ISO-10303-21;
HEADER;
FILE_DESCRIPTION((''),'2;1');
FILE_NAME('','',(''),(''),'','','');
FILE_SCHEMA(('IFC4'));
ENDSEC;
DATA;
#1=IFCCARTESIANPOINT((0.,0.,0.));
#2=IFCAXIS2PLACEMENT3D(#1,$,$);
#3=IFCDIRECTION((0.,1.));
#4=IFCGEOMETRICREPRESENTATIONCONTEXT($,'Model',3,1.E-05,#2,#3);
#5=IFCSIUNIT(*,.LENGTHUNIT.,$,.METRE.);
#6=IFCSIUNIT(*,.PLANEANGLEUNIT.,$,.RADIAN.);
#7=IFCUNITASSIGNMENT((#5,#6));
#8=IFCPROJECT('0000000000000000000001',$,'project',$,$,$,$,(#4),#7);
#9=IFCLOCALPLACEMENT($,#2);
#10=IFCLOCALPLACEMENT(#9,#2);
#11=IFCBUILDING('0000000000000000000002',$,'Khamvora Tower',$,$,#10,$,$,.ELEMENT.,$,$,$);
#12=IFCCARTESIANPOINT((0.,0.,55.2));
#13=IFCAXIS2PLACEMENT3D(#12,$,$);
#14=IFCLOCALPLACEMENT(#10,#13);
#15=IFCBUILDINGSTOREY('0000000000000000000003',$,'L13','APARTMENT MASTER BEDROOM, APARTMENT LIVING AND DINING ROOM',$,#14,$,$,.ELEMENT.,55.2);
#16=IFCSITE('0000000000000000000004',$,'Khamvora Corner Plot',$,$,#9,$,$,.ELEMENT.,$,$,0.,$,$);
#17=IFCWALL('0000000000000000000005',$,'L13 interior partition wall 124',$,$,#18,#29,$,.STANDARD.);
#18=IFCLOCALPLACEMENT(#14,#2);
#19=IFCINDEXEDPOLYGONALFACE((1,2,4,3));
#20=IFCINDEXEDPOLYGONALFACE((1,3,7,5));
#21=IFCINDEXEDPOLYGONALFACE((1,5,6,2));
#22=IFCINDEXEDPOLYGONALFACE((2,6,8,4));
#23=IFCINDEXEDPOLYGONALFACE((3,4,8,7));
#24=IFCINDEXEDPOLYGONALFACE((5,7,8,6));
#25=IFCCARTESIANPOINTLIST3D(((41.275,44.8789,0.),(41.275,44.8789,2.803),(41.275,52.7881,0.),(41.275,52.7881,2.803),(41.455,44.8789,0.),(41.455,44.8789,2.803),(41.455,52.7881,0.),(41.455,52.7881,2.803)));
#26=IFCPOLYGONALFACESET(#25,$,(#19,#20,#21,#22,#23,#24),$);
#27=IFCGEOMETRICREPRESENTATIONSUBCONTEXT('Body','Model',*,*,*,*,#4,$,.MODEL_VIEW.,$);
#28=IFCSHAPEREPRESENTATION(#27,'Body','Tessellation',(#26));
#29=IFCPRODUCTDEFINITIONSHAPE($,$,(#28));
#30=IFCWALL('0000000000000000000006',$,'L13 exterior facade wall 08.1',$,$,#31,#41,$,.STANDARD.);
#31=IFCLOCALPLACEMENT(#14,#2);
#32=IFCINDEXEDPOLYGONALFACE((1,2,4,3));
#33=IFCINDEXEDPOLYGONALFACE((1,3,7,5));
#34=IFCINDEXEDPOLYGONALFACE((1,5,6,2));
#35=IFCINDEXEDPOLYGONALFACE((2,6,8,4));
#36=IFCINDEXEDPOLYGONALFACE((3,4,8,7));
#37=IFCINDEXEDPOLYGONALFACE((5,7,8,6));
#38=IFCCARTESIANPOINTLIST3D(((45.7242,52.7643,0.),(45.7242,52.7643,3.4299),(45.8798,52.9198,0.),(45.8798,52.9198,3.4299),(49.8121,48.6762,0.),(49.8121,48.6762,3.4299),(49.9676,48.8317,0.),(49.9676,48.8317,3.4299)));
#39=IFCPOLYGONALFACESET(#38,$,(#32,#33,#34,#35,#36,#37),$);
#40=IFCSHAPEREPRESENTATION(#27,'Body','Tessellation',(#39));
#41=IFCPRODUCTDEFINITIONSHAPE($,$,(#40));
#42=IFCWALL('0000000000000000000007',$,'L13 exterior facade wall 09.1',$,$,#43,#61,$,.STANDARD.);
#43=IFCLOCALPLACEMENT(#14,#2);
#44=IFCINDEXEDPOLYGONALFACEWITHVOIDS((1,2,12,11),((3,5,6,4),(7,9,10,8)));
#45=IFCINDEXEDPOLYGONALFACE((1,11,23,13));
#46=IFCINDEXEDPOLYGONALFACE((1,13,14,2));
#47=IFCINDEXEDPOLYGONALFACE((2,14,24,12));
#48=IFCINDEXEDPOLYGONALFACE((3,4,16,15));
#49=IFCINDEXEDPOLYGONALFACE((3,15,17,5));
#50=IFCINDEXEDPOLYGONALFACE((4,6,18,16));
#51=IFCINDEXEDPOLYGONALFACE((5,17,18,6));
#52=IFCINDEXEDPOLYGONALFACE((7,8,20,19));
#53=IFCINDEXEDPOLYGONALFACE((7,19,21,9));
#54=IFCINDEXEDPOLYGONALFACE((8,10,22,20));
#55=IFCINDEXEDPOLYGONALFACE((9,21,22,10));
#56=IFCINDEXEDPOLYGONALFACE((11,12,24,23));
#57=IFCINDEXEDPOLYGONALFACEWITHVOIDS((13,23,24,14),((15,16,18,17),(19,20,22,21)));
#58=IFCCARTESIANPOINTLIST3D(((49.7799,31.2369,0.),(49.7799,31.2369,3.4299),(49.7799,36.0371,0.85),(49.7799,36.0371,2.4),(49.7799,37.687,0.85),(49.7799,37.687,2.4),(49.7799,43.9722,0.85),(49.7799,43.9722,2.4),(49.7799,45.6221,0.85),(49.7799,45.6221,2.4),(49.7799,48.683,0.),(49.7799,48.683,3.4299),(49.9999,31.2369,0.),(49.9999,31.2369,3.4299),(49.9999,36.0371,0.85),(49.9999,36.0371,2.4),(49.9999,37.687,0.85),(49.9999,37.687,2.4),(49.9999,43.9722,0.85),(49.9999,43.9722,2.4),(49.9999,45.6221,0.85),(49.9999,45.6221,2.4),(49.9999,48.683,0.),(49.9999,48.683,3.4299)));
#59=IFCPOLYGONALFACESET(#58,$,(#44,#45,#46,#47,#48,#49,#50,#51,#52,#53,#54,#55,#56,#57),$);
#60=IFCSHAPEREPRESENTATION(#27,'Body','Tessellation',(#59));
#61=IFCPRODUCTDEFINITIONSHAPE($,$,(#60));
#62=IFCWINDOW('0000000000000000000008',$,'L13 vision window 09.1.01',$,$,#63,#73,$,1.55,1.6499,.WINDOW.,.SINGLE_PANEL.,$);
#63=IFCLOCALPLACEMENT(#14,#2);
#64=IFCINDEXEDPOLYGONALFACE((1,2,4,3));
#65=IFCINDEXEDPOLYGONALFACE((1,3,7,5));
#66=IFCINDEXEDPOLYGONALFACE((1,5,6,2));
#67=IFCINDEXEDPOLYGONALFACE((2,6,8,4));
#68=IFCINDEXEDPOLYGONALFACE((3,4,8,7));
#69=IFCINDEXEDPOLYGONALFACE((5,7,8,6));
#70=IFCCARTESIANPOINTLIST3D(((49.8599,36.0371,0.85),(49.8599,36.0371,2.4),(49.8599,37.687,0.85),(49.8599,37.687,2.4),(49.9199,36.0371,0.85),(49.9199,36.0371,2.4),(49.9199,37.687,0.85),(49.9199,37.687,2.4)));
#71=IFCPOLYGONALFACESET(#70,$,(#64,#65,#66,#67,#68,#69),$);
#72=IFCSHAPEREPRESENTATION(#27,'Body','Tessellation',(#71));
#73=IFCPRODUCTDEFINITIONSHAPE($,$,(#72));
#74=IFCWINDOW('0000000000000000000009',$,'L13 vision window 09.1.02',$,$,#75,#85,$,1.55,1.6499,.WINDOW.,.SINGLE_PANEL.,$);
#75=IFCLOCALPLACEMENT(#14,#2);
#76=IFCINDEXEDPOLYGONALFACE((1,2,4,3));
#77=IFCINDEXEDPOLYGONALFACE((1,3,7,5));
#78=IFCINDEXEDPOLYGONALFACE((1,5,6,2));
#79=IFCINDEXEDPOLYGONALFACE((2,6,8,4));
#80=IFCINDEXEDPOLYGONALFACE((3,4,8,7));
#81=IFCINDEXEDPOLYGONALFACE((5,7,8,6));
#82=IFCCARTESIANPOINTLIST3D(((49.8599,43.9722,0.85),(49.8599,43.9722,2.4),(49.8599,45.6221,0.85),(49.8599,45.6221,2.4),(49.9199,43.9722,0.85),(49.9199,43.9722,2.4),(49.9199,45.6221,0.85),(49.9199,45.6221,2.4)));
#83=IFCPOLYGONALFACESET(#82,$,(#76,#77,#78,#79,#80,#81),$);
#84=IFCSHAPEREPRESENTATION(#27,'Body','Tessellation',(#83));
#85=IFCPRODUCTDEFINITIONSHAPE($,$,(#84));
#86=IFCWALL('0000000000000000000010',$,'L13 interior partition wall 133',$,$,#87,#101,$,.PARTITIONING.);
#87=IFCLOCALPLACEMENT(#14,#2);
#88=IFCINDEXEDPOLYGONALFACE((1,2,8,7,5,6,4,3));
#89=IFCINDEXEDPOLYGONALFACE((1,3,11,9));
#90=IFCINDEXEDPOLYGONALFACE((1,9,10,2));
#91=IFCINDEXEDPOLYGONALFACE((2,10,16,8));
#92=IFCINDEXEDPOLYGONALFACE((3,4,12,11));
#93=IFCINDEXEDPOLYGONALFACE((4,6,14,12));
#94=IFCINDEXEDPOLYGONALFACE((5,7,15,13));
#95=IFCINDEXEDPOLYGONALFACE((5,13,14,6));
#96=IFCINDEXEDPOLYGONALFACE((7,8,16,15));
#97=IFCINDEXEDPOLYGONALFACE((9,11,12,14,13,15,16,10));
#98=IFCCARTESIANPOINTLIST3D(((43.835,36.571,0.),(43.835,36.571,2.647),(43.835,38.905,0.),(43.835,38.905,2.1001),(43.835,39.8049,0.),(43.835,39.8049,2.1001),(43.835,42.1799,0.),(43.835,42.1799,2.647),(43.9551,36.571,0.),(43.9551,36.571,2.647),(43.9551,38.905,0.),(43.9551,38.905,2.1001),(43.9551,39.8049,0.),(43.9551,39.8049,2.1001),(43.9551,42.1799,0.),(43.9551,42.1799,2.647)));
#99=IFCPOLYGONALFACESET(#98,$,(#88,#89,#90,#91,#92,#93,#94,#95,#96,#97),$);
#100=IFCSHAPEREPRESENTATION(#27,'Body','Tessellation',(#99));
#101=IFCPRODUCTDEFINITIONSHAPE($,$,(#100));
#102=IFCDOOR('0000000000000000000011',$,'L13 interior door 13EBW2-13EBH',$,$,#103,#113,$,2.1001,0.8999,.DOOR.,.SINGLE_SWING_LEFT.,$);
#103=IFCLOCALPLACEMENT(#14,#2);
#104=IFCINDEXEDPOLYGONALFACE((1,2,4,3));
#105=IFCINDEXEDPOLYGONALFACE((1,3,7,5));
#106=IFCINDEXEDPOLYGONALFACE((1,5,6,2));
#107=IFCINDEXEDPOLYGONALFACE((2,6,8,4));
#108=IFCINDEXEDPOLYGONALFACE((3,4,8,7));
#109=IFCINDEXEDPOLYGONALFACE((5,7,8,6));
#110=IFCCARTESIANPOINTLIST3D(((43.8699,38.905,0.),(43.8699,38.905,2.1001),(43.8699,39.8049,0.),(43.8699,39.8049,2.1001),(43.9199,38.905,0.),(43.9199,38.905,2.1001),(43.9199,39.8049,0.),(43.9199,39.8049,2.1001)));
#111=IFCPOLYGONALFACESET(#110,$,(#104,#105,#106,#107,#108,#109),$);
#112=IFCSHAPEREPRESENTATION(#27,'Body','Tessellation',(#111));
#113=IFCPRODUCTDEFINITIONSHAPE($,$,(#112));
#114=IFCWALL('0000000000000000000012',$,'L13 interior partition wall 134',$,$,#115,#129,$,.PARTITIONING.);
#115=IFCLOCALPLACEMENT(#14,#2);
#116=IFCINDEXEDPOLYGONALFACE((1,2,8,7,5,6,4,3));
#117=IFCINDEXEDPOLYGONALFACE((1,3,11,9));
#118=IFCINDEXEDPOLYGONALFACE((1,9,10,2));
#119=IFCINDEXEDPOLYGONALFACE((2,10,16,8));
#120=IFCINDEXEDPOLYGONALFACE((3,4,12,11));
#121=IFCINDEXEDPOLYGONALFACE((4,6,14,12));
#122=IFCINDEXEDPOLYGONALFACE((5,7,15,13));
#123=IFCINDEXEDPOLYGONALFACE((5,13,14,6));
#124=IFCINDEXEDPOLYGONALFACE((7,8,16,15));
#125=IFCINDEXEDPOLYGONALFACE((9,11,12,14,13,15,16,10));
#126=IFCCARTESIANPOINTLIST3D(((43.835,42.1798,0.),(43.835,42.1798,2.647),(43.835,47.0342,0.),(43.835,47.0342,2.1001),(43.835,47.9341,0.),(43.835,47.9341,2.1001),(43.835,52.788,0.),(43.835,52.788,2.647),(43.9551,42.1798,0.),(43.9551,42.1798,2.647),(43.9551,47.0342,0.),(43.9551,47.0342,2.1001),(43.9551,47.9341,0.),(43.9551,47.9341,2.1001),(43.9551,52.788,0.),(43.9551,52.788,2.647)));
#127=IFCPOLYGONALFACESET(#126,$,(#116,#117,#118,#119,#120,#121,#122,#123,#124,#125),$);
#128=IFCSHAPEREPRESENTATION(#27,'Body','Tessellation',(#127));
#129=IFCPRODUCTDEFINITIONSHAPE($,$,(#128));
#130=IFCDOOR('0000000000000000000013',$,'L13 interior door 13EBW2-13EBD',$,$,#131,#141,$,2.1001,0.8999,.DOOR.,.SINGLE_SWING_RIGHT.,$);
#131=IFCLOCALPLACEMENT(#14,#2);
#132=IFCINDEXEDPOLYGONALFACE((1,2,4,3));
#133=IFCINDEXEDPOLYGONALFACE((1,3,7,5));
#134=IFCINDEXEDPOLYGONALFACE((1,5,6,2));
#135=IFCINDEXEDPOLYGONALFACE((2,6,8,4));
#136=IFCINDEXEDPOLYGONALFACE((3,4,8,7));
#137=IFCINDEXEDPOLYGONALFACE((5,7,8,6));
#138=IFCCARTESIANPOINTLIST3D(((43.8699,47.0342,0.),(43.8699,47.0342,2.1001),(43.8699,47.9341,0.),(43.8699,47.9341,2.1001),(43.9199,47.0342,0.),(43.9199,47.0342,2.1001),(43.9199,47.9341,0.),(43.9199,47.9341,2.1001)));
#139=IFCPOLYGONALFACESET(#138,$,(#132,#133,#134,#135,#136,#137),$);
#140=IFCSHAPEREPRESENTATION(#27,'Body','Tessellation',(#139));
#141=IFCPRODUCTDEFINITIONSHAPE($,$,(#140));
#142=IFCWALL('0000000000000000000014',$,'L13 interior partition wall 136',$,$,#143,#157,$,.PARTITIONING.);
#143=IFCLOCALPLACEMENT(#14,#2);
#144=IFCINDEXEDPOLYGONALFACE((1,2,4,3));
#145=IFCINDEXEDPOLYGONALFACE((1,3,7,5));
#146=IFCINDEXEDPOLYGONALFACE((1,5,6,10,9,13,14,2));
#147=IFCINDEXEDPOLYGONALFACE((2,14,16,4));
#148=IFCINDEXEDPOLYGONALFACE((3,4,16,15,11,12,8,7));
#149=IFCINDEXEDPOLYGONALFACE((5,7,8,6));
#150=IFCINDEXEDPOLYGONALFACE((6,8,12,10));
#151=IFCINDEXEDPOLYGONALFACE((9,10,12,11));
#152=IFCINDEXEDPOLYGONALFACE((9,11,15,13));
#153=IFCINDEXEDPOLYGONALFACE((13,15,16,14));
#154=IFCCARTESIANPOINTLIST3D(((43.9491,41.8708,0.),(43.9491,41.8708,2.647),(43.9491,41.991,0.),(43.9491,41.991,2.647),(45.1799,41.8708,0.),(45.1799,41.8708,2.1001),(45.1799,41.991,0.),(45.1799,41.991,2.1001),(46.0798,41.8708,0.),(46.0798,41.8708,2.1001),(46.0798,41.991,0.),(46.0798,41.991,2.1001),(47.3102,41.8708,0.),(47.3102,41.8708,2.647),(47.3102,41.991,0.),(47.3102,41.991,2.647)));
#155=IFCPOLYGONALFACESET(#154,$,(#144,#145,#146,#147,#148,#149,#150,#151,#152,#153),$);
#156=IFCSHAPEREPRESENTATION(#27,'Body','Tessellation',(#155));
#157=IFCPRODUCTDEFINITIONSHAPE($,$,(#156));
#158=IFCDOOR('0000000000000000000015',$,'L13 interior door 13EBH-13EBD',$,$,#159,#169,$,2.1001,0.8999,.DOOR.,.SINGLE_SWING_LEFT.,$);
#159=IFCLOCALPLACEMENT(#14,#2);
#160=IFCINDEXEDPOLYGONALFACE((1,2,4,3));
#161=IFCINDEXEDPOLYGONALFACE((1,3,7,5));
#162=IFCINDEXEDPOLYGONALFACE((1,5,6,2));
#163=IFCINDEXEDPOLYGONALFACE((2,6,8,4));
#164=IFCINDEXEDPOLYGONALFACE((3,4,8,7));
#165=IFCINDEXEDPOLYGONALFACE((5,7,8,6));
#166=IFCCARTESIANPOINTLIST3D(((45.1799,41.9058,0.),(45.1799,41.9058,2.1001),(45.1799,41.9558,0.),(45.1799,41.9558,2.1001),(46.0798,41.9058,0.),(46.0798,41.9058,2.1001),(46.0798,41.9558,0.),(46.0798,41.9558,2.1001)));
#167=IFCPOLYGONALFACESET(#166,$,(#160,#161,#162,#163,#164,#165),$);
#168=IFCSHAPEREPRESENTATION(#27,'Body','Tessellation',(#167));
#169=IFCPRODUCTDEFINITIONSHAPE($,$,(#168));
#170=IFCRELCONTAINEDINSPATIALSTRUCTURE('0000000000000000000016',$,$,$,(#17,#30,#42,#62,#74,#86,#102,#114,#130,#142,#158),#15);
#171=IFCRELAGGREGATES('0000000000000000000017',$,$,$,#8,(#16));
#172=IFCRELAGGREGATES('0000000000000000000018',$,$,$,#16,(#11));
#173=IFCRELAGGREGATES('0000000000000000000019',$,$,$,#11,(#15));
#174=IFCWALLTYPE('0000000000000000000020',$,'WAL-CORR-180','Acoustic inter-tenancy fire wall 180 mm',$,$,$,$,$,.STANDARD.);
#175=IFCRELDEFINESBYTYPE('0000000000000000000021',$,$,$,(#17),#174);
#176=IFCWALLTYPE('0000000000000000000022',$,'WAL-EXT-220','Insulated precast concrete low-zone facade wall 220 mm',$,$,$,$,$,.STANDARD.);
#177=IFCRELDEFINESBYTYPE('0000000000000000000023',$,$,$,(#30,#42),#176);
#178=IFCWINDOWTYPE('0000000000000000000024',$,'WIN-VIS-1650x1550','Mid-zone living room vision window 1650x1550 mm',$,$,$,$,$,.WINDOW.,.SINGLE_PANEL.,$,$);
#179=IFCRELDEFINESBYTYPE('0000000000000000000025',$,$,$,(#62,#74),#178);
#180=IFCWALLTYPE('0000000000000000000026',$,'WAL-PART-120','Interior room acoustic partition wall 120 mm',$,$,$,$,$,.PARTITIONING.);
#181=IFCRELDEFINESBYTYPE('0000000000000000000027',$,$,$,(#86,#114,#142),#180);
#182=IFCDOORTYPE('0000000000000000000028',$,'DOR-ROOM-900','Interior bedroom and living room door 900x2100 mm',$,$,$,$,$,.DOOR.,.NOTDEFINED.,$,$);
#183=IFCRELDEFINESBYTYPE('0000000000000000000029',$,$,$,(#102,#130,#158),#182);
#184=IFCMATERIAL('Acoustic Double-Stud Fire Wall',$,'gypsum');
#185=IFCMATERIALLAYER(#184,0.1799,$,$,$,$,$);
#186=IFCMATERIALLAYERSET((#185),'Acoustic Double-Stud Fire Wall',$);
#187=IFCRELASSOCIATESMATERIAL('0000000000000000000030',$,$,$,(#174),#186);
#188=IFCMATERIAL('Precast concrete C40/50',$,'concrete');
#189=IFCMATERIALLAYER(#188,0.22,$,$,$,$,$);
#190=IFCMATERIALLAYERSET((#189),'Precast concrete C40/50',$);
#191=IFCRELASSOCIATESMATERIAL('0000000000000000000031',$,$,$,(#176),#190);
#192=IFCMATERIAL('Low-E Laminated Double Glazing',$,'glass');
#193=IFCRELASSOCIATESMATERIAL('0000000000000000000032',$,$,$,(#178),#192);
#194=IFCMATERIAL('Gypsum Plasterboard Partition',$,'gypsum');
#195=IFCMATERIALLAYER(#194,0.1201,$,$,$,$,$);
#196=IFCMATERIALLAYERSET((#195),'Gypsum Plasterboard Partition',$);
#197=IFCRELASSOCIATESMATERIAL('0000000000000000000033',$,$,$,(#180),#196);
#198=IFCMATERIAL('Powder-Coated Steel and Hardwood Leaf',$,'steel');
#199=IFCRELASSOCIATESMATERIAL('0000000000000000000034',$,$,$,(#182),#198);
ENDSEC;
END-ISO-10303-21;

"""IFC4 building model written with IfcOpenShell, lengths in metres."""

from ifc_helpers import new_model, si_unit, direction, frame, frame_2d, origin, place, context, subcontext, project, spatial, rectangle, extrude, material, layer, layer_set, type_object, element, fill, save


model = new_model("IFC4")

# Units and contexts
model_context = context("Model", 3, precision=1e-05, world=origin(), true_north=direction((0.0, 1.0)))
body_context = subcontext(model_context, "Body", "Model", "MODEL_VIEW")
ifc_project = project(units=[si_unit("LENGTHUNIT", "METRE"), si_unit("PLANEANGLEUNIT", "RADIAN")], contexts=[model_context])

# Site, building, storey
site_placement = place(None, origin())
site = spatial("IfcSite", under=ifc_project, at=site_placement, Name="Khamvora Corner Plot", CompositionType="ELEMENT", RefElevation=0.0)
building_placement = place(site_placement, origin())
building = spatial("IfcBuilding", under=site, at=building_placement, Name="Khamvora Tower", CompositionType="ELEMENT")
storey_placement = place(building_placement, frame((0.0, 0.0, 55.2)))
storey = spatial("IfcBuildingStorey", under=building, at=storey_placement, Name="L13", Description="APARTMENT MASTER BEDROOM, APARTMENT LIVING AND DINING ROOM", CompositionType="ELEMENT", Elevation=55.2)

# Walls
ifc_material_1 = material(Name="Acoustic Double-Stud Fire Wall", Category="gypsum")
ifc_layer_1 = layer(ifc_material_1, 0.1799)
ifc_layer_set_1 = layer_set([ifc_layer_1], Name="Acoustic Double-Stud Fire Wall")
wall_type_1 = type_object("IfcWallType", Name="WAL-CORR-180", Description="Acoustic inter-tenancy fire wall 180 mm", PredefinedType="STANDARD", material=ifc_layer_set_1)
wall_1_placement = place(storey_placement, frame((41.365, 52.7881, 0.0), z_axis=(0.0, 0.0, 1.0), x_axis=(0.0, -1.0, 0.0)))
element("IfcWall", 1, at=wall_1_placement, inside=storey, type_object=wall_type_1, Name="L13 interior partition wall 124", PredefinedType="STANDARD", context=body_context, shape_type="SweptSolid", body=[
    extrude(rectangle(XDim=7.9092, YDim=0.1799, at=frame_2d((3.9546, 0.0))), origin(), (0.0, 0.0, 1.0), 2.803),
])
ifc_material_2 = material(Name="Precast concrete C40/50", Category="concrete")
ifc_layer_2 = layer(ifc_material_2, 0.22)
ifc_layer_set_2 = layer_set([ifc_layer_2], Name="Precast concrete C40/50")
wall_type_2 = type_object("IfcWallType", Name="WAL-EXT-220", Description="Insulated precast concrete low-zone facade wall 220 mm", PredefinedType="STANDARD", material=ifc_layer_set_2)
wall_2_placement = place(storey_placement, frame((45.802, 52.842, 0.0), z_axis=(0.0, 0.0, 1.0), x_axis=(0.707086, -0.707128, 0.0)))
element("IfcWall", 2, at=wall_2_placement, inside=storey, type_object=wall_type_2, Name="L13 exterior facade wall 08.1", PredefinedType="STANDARD", context=body_context, shape_type="SweptSolid", body=[
    extrude(rectangle(XDim=5.7812, YDim=0.22, at=frame_2d((2.8906, 0.0))), origin(), (0.0, 0.0, 1.0), 3.4299),
])

# Wall, openings, windows
wall_3_placement = place(storey_placement, frame((49.8899, 48.6831, 0.0), z_axis=(0.0, 0.0, 1.0), x_axis=(0.0, -1.0, 0.0)))
wall_3 = element("IfcWall", 3, at=wall_3_placement, inside=storey, type_object=wall_type_2, Name="L13 exterior facade wall 09.1", PredefinedType="STANDARD", context=body_context, shape_type="SweptSolid", body=[
    extrude(rectangle(XDim=17.446, YDim=0.22, at=frame_2d((8.7231, 0.0))), origin(), (0.0, 0.0, 1.0), 3.4299),
])
opening_1_placement = place(wall_3_placement, frame((10.9961, 0.0, 0.8501)))
opening_1 = element("IfcOpeningElement", 4, at=opening_1_placement, cuts=wall_3, PredefinedType="OPENING", context=body_context, shape_type="SweptSolid", body=[
    extrude(rectangle(XDim=1.6499, YDim=1.55, at=frame_2d((0.825, 0.7749))), frame((0.0, 0.1199, 0.0), z_axis=(0.0, -1.0, 0.0), x_axis=(1.0, 0.0, 0.0)), (0.0, 0.0, 1.0), 0.24),
])
opening_2_placement = place(wall_3_placement, frame((3.061, 0.0, 0.8501)))
opening_2 = element("IfcOpeningElement", 5, at=opening_2_placement, cuts=wall_3, PredefinedType="OPENING", context=body_context, shape_type="SweptSolid", body=[
    extrude(rectangle(XDim=1.6499, YDim=1.55, at=frame_2d((0.825, 0.7749))), frame((0.0, 0.1199, 0.0), z_axis=(0.0, -1.0, 0.0), x_axis=(1.0, 0.0, 0.0)), (0.0, 0.0, 1.0), 0.24),
])
ifc_material_3 = material(Name="Low-E Laminated Double Glazing", Category="glass")
window_type = type_object("IfcWindowType", Name="WIN-VIS-1650x1550", Description="Mid-zone living room vision window 1650x1550 mm", PartitioningType="SINGLE_PANEL", PredefinedType="WINDOW", material=ifc_material_3)
window_1_placement = place(opening_1_placement, origin())
window_1 = element("IfcWindow", 6, at=window_1_placement, inside=storey, type_object=window_type, Name="L13 vision window 09.1.01", OverallHeight=1.55, OverallWidth=1.6499, PartitioningType="SINGLE_PANEL", PredefinedType="WINDOW", context=body_context, shape_type="SweptSolid", body=[
    extrude(rectangle(XDim=1.6499, YDim=1.55, at=frame_2d((0.825, 0.7749))), frame((0.0, 0.03, 0.0), z_axis=(0.0, -1.0, 0.0), x_axis=(1.0, 0.0, 0.0)), (0.0, 0.0, 1.0), 0.0601),
])
fill(opening_1, window_1)
window_2_placement = place(opening_2_placement, origin())
window_2 = element("IfcWindow", 7, at=window_2_placement, inside=storey, type_object=window_type, Name="L13 vision window 09.1.02", OverallHeight=1.55, OverallWidth=1.6499, PartitioningType="SINGLE_PANEL", PredefinedType="WINDOW", context=body_context, shape_type="SweptSolid", body=[
    extrude(rectangle(XDim=1.6499, YDim=1.55, at=frame_2d((0.825, 0.7749))), frame((0.0, 0.03, 0.0), z_axis=(0.0, -1.0, 0.0), x_axis=(1.0, 0.0, 0.0)), (0.0, 0.0, 1.0), 0.0601),
])
fill(opening_2, window_2)

# Walls, openings, doors
ifc_material_4 = material(Name="Gypsum Plasterboard Partition", Category="gypsum")
ifc_layer_3 = layer(ifc_material_4, 0.1201)
ifc_layer_set_3 = layer_set([ifc_layer_3], Name="Gypsum Plasterboard Partition")
wall_type_3 = type_object("IfcWallType", Name="WAL-PART-120", Description="Interior room acoustic partition wall 120 mm", PredefinedType="PARTITIONING", material=ifc_layer_set_3)
wall_4_placement = place(storey_placement, frame((43.895, 42.1799, 0.0), z_axis=(0.0, 0.0, 1.0), x_axis=(0.0, -1.0, 0.0)))
wall_4 = element("IfcWall", 8, at=wall_4_placement, inside=storey, type_object=wall_type_3, Name="L13 interior partition wall 133", PredefinedType="PARTITIONING", context=body_context, shape_type="SweptSolid", body=[
    extrude(rectangle(XDim=5.6089, YDim=0.1201, at=frame_2d((2.8044, 0.0))), origin(), (0.0, 0.0, 1.0), 2.647),
])
opening_3_placement = place(wall_4_placement, frame((2.375, 0.0, 0.0)))
opening_3 = element("IfcOpeningElement", 9, at=opening_3_placement, cuts=wall_4, PredefinedType="OPENING", context=body_context, shape_type="SweptSolid", body=[
    extrude(rectangle(XDim=0.8999, YDim=2.1001, at=frame_2d((0.45, 1.05))), frame((0.0, 0.0701, 0.0), z_axis=(0.0, -1.0, 0.0), x_axis=(1.0, 0.0, 0.0)), (0.0, 0.0, 1.0), 0.1401),
])
ifc_material_5 = material(Name="Powder-Coated Steel and Hardwood Leaf", Category="steel")
door_type = type_object("IfcDoorType", Name="DOR-ROOM-900", Description="Interior bedroom and living room door 900x2100 mm", OperationType="NOTDEFINED", PredefinedType="DOOR", material=ifc_material_5)
door_1_placement = place(opening_3_placement, origin())
door_1 = element("IfcDoor", 10, at=door_1_placement, inside=storey, type_object=door_type, Name="L13 interior door 13EBW2-13EBH", OperationType="SINGLE_SWING_LEFT", OverallHeight=2.1001, OverallWidth=0.8999, PredefinedType="DOOR", context=body_context, shape_type="SweptSolid", body=[
    extrude(rectangle(XDim=0.8999, YDim=2.1001, at=frame_2d((0.45, 1.05))), frame((0.0, 0.0249, 0.0), z_axis=(0.0, -1.0, 0.0), x_axis=(1.0, 0.0, 0.0)), (0.0, 0.0, 1.0), 0.05),
])
fill(opening_3, door_1)
wall_5_placement = place(storey_placement, frame((43.895, 52.7881, 0.0), z_axis=(0.0, 0.0, 1.0), x_axis=(0.0, -1.0, 0.0)))
wall_5 = element("IfcWall", 11, at=wall_5_placement, inside=storey, type_object=wall_type_3, Name="L13 interior partition wall 134", PredefinedType="PARTITIONING", context=body_context, shape_type="SweptSolid", body=[
    extrude(rectangle(XDim=10.6082, YDim=0.1201, at=frame_2d((5.3042, 0.0))), origin(), (0.0, 0.0, 1.0), 2.647),
])
opening_4_placement = place(wall_5_placement, frame((4.854, 0.0, 0.0)))
opening_4 = element("IfcOpeningElement", 12, at=opening_4_placement, cuts=wall_5, PredefinedType="OPENING", context=body_context, shape_type="SweptSolid", body=[
    extrude(rectangle(XDim=0.8999, YDim=2.1001, at=frame_2d((0.45, 1.05))), frame((0.0, 0.0701, 0.0), z_axis=(0.0, -1.0, 0.0), x_axis=(1.0, 0.0, 0.0)), (0.0, 0.0, 1.0), 0.1401),
])
door_2_placement = place(opening_4_placement, origin())
door_2 = element("IfcDoor", 13, at=door_2_placement, inside=storey, type_object=door_type, Name="L13 interior door 13EBW2-13EBD", OperationType="SINGLE_SWING_RIGHT", OverallHeight=2.1001, OverallWidth=0.8999, PredefinedType="DOOR", context=body_context, shape_type="SweptSolid", body=[
    extrude(rectangle(XDim=0.8999, YDim=2.1001, at=frame_2d((0.45, 1.05))), frame((0.0, 0.0249, 0.0), z_axis=(0.0, -1.0, 0.0), x_axis=(1.0, 0.0, 0.0)), (0.0, 0.0, 1.0), 0.05),
])
fill(opening_4, door_2)
wall_6_placement = place(storey_placement, frame((43.949, 41.9309, 0.0), z_axis=(0.0, 0.0, 1.0), x_axis=(1.0, 0.0, 0.0)))
wall_6 = element("IfcWall", 14, at=wall_6_placement, inside=storey, type_object=wall_type_3, Name="L13 interior partition wall 136", PredefinedType="PARTITIONING", context=body_context, shape_type="SweptSolid", body=[
    extrude(rectangle(XDim=3.3611, YDim=0.1201, at=frame_2d((1.6807, 0.0))), origin(), (0.0, 0.0, 1.0), 2.647),
])
opening_5_placement = place(wall_6_placement, frame((1.231, 0.0, 0.0)))
opening_5 = element("IfcOpeningElement", 15, at=opening_5_placement, cuts=wall_6, PredefinedType="OPENING", context=body_context, shape_type="SweptSolid", body=[
    extrude(rectangle(XDim=0.8999, YDim=2.1001, at=frame_2d((0.45, 1.05))), frame((0.0, 0.0701, 0.0), z_axis=(0.0, -1.0, 0.0), x_axis=(1.0, 0.0, 0.0)), (0.0, 0.0, 1.0), 0.1401),
])
door_3_placement = place(opening_5_placement, origin())
door_3 = element("IfcDoor", 16, at=door_3_placement, inside=storey, type_object=door_type, Name="L13 interior door 13EBH-13EBD", OperationType="SINGLE_SWING_LEFT", OverallHeight=2.1001, OverallWidth=0.8999, PredefinedType="DOOR", context=body_context, shape_type="SweptSolid", body=[
    extrude(rectangle(XDim=0.8999, YDim=2.1001, at=frame_2d((0.45, 1.05))), frame((0.0, 0.0249, 0.0), z_axis=(0.0, -1.0, 0.0), x_axis=(1.0, 0.0, 0.0)), (0.0, 0.0, 1.0), 0.05),
])
fill(opening_5, door_3)

save(model, "model.ifc")
